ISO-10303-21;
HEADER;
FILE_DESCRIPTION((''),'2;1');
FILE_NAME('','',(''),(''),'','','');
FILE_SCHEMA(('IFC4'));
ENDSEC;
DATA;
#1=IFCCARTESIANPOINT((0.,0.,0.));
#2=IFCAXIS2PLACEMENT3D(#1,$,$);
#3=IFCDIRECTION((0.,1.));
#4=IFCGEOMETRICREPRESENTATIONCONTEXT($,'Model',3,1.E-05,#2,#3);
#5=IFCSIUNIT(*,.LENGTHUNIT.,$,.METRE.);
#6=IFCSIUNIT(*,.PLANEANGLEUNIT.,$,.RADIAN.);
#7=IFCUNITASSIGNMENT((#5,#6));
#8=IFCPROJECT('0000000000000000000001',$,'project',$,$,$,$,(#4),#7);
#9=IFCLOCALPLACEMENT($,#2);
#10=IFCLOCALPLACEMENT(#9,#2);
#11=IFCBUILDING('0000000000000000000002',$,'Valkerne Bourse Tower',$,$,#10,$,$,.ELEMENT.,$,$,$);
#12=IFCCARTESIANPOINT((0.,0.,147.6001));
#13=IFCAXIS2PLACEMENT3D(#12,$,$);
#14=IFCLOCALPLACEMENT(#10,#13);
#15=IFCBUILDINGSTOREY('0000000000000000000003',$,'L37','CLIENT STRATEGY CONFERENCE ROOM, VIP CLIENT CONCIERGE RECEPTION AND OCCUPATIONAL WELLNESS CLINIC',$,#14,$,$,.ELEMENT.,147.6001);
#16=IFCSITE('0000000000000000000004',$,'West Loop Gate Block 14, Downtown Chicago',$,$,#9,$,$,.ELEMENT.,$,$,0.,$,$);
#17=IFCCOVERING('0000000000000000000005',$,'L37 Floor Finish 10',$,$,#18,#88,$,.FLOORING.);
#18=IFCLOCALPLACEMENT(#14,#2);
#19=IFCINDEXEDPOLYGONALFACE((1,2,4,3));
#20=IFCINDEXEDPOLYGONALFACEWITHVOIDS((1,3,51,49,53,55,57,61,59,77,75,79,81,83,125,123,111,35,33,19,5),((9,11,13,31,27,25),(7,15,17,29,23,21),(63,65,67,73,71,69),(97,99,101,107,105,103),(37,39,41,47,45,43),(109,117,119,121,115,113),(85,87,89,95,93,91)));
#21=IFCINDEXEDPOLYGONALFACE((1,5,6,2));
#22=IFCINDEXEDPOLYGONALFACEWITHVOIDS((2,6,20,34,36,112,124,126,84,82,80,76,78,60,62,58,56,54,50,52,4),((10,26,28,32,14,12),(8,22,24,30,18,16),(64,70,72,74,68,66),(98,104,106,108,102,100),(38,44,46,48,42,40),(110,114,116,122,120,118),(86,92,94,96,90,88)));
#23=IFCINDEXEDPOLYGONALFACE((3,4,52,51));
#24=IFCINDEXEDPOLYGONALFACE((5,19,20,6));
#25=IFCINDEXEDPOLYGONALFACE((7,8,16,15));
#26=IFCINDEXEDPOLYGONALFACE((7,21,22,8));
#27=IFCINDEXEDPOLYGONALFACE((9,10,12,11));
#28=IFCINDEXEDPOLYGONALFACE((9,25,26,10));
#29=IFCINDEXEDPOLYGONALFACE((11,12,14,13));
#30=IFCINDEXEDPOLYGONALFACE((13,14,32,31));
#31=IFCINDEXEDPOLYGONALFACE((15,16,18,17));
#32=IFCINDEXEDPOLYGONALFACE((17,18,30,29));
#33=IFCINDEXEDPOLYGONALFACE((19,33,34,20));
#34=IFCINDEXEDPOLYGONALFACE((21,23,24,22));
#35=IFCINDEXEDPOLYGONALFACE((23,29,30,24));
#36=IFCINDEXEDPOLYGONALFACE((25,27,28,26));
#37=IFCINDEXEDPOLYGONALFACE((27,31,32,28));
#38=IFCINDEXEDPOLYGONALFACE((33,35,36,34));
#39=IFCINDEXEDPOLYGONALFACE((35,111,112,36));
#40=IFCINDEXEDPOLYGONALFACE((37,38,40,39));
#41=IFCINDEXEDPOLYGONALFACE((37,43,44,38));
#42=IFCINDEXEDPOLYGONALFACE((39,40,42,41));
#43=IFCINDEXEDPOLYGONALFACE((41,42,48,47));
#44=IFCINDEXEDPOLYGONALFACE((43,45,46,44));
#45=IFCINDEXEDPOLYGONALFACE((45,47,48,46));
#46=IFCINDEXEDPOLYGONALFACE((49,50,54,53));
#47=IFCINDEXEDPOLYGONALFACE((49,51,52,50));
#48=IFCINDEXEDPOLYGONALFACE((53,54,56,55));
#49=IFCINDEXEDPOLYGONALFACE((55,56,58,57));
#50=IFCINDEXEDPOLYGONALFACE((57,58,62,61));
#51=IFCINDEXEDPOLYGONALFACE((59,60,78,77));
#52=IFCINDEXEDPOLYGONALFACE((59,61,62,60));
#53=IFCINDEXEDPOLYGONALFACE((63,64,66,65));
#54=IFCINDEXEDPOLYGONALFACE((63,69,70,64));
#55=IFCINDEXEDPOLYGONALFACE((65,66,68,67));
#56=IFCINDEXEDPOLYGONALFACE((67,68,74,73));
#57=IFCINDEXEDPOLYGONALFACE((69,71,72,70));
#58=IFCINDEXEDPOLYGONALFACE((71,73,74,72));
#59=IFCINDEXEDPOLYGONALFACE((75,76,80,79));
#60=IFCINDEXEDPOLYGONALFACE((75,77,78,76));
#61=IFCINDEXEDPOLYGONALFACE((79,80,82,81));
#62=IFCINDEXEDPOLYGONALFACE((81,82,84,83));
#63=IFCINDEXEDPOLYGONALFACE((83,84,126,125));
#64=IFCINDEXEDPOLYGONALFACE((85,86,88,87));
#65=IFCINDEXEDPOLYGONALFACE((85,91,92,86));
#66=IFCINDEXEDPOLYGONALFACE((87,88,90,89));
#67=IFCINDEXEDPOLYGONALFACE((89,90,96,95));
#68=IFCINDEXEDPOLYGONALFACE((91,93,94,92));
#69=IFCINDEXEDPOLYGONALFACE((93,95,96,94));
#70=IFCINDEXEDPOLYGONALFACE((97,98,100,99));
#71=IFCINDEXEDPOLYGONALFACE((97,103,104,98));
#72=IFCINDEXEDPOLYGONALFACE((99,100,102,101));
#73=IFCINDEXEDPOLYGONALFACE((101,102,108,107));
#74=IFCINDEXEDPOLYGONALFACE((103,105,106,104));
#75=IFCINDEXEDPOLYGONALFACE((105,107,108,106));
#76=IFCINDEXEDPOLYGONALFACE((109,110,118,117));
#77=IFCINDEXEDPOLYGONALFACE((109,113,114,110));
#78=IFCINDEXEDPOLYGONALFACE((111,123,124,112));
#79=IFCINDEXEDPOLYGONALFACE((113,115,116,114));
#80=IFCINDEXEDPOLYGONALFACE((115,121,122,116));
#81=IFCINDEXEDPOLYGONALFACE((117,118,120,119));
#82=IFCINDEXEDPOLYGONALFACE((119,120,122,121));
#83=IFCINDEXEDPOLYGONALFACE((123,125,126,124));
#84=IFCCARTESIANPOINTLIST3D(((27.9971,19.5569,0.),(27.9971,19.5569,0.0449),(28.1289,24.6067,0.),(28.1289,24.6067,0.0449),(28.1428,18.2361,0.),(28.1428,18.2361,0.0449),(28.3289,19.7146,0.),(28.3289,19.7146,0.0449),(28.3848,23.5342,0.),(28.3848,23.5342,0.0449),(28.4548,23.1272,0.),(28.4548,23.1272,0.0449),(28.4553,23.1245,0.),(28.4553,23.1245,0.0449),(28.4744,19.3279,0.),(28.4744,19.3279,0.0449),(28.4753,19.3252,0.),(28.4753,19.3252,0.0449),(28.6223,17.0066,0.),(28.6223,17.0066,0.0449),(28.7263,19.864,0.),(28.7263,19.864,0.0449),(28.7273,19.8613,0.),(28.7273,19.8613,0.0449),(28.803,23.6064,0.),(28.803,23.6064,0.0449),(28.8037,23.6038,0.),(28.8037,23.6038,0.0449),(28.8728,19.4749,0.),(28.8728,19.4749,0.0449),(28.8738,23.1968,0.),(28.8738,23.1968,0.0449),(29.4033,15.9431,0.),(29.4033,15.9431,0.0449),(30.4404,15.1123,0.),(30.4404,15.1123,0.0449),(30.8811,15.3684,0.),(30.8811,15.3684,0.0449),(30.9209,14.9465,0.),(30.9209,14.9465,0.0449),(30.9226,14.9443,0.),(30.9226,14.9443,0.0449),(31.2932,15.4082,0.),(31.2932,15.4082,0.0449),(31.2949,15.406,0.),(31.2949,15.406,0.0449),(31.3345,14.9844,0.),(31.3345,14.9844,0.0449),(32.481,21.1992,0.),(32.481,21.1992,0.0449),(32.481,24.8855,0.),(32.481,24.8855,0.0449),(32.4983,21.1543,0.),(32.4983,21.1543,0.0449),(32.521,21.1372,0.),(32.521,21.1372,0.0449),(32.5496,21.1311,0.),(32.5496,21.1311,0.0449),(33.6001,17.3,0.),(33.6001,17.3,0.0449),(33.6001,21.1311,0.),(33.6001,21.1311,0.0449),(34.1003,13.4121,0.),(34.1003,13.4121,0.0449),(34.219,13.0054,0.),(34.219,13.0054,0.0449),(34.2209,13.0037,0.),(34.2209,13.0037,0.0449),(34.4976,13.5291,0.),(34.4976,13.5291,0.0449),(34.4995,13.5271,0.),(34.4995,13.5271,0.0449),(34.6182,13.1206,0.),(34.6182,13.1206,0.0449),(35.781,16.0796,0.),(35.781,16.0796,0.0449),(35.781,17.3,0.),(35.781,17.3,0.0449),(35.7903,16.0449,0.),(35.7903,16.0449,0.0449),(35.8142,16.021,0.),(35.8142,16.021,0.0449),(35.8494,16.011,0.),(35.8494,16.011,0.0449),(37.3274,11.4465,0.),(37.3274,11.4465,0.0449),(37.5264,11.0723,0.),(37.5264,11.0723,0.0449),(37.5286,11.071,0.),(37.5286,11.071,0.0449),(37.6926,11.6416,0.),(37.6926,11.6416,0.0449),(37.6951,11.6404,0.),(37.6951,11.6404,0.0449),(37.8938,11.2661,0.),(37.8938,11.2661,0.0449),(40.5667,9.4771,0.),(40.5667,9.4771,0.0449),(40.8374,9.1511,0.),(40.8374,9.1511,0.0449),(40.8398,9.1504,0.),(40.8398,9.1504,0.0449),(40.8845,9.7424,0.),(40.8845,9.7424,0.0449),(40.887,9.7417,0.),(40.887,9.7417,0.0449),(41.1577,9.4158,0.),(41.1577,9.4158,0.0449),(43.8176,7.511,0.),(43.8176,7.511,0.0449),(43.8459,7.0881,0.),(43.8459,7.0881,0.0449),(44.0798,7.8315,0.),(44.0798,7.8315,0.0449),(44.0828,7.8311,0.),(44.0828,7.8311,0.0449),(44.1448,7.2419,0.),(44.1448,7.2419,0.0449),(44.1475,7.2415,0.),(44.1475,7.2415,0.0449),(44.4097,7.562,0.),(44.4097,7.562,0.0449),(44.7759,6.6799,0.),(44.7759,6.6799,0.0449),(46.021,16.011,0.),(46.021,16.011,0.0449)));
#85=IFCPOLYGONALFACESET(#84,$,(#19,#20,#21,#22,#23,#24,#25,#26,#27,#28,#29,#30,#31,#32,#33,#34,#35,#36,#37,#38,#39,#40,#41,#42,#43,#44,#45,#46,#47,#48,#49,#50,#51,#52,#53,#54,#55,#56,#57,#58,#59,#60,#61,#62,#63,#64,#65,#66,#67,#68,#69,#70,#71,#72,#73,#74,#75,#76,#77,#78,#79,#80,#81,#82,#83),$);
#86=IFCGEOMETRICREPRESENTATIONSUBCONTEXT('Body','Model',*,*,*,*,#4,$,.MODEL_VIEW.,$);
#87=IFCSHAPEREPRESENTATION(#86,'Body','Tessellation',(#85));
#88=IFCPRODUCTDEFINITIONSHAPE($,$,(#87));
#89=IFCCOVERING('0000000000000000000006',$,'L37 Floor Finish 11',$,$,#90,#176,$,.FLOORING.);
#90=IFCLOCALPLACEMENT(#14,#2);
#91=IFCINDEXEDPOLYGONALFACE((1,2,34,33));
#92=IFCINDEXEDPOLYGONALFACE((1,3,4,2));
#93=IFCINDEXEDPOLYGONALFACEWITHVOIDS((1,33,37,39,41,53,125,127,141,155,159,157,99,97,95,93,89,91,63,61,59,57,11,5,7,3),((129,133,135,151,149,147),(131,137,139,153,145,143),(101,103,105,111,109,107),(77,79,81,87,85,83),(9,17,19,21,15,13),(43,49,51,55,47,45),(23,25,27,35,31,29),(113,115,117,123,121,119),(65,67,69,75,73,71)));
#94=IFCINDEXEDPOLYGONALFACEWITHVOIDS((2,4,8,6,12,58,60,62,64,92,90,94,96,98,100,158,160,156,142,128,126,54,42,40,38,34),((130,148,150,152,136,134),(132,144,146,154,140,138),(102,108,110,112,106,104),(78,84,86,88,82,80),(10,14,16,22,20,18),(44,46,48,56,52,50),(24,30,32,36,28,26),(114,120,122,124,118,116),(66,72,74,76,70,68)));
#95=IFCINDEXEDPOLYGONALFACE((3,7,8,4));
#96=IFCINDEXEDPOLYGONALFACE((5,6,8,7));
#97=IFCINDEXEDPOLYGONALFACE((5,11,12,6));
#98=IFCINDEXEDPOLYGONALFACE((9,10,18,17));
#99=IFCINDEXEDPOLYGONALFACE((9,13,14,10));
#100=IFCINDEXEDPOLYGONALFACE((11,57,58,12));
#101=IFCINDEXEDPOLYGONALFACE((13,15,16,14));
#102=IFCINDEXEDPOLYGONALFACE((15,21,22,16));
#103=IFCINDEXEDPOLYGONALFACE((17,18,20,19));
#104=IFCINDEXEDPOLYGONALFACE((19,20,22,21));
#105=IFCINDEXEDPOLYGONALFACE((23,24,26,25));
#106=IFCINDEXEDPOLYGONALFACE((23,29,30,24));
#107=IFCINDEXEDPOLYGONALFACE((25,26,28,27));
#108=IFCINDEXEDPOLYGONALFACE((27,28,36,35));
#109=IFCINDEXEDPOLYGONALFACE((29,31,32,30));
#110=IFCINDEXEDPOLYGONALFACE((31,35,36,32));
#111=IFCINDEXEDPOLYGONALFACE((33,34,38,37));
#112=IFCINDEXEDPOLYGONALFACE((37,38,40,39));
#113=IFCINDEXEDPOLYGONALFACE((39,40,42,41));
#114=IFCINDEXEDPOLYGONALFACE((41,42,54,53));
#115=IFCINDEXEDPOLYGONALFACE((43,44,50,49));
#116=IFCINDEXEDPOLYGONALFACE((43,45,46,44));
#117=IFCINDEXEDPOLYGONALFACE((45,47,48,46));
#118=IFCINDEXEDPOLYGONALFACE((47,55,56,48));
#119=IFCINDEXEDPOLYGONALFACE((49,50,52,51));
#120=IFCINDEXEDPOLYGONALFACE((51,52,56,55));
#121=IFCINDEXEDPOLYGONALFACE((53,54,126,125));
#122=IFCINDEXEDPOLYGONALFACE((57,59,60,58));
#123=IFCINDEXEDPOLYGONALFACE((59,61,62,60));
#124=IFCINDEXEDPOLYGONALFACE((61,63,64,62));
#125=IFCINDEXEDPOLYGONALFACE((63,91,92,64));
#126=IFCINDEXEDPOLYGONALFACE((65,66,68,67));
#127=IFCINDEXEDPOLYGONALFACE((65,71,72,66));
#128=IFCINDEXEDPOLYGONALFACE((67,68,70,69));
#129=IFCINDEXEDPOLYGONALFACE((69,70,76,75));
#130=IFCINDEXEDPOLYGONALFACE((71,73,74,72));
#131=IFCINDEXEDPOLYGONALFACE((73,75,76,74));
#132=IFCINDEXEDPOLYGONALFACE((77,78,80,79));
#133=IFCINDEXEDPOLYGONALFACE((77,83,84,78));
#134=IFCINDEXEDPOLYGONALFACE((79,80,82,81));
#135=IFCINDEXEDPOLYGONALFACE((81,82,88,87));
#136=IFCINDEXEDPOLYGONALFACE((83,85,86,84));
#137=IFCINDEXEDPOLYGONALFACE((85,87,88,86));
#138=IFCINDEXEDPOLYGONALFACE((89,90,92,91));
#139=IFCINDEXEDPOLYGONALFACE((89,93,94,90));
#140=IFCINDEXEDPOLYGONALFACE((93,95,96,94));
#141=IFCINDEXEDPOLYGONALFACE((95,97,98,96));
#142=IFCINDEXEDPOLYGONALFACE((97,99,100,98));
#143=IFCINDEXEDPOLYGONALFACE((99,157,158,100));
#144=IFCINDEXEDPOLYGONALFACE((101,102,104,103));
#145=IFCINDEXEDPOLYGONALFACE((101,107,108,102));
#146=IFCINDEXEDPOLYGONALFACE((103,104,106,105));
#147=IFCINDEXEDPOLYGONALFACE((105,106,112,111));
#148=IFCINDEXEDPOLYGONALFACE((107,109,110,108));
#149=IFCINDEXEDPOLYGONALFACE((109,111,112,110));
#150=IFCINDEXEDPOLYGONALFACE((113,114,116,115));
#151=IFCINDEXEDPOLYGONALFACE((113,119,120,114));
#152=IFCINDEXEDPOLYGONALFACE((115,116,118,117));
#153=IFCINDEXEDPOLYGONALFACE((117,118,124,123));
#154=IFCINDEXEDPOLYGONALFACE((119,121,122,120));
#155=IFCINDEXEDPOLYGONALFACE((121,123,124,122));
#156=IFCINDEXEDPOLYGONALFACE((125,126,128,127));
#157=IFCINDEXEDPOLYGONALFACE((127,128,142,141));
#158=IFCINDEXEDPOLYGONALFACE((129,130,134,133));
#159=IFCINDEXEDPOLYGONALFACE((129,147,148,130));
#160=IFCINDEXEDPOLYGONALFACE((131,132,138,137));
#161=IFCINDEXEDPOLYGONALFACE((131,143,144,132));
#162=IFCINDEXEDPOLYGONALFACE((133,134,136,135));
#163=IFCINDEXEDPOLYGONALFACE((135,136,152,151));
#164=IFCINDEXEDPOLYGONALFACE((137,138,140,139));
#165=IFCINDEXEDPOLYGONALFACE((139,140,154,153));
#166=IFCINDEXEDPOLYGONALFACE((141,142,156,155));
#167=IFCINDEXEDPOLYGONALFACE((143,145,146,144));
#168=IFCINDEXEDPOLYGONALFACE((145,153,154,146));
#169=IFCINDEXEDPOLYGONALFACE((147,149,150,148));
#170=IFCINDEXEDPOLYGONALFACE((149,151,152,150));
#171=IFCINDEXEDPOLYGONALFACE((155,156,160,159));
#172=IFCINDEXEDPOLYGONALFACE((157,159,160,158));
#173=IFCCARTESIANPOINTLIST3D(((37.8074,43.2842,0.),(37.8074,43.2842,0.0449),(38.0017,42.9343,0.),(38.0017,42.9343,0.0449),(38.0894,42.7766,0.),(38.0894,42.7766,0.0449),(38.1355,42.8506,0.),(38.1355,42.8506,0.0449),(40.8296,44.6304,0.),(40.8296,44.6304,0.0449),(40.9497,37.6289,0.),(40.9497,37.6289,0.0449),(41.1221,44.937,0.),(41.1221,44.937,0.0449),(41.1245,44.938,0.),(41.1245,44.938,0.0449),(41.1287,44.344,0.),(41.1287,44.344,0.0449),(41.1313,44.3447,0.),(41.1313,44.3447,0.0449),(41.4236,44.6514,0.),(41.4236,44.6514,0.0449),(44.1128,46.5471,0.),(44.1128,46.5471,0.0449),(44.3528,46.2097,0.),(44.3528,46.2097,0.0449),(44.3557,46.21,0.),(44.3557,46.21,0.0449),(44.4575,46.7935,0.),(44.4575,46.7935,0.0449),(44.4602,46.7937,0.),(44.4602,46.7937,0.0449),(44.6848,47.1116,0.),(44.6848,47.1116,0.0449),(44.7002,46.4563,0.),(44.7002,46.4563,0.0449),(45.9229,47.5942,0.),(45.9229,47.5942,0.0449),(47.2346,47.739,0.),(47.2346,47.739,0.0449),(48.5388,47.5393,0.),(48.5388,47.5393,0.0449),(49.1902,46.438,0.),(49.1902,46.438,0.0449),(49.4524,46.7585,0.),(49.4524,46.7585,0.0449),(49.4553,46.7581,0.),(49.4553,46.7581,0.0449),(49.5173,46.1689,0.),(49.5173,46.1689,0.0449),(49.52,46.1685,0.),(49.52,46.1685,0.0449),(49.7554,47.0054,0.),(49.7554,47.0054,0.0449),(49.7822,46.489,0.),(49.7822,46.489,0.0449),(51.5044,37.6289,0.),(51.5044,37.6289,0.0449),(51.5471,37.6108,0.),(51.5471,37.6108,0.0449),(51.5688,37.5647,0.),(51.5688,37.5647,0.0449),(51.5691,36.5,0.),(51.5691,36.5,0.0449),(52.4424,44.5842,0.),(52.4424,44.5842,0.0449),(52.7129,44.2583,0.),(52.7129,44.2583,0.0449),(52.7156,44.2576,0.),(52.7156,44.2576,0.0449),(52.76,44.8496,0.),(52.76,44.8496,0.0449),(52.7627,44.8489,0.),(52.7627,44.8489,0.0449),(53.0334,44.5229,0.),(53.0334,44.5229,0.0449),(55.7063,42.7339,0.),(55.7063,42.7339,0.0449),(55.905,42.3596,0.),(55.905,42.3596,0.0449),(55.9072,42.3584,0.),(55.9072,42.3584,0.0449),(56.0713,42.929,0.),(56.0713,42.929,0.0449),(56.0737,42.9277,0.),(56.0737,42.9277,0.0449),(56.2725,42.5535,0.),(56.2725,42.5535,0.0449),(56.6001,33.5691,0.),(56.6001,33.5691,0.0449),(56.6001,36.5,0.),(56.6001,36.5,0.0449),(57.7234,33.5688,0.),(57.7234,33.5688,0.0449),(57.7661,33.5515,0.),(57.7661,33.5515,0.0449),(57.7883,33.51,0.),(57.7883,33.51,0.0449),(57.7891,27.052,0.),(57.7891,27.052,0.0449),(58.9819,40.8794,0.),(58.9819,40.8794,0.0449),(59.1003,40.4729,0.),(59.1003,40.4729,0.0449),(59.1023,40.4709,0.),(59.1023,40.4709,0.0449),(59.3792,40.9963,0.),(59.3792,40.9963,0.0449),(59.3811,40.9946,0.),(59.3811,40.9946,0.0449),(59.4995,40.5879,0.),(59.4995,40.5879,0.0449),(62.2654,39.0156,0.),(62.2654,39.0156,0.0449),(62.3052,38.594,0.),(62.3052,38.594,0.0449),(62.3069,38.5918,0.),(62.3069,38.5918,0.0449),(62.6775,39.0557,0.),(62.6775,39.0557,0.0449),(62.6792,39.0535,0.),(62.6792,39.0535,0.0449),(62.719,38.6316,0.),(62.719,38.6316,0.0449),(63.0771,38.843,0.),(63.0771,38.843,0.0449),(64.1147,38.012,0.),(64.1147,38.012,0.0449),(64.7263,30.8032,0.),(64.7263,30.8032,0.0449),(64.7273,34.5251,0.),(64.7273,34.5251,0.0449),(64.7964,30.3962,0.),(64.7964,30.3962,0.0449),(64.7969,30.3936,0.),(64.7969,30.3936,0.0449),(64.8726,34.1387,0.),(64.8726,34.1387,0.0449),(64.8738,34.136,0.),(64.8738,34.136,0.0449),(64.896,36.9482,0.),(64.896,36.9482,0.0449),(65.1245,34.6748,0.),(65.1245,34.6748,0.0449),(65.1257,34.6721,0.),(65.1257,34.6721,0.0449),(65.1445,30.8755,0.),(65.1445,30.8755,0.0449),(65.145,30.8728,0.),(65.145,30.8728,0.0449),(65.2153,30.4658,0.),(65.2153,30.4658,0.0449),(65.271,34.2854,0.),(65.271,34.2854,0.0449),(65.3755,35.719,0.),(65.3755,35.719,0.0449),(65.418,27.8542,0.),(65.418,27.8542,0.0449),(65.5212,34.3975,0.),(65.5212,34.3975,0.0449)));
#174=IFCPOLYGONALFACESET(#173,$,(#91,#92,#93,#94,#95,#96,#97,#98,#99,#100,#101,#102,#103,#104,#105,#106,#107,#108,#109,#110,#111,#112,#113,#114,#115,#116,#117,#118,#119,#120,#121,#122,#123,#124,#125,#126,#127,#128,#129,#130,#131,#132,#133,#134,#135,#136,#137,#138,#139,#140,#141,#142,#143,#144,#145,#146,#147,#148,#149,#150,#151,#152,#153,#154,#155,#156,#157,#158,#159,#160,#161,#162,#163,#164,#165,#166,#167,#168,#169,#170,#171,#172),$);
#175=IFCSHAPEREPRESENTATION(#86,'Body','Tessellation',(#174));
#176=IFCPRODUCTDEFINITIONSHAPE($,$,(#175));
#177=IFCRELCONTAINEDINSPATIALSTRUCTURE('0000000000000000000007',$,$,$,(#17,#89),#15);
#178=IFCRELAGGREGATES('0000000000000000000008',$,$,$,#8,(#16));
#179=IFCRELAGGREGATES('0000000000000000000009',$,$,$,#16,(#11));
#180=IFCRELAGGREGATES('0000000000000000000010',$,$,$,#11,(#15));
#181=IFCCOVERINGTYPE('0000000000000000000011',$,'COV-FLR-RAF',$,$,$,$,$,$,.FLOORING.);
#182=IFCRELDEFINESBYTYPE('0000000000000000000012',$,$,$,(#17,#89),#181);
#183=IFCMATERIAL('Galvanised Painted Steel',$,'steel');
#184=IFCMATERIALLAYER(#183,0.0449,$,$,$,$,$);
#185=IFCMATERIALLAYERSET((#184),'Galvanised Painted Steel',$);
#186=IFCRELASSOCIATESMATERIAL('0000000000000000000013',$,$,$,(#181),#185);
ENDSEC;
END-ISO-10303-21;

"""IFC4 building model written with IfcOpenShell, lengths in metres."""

from ifc_helpers import new_model, si_unit, direction, frame, origin, place, context, subcontext, project, spatial, polyline, outline, extrude, material, layer, layer_set, type_object, element, save


model = new_model("IFC4")

# Units and contexts
model_context = context("Model", 3, precision=1e-05, world=origin(), true_north=direction((0.0, 1.0)))
body_context = subcontext(model_context, "Body", "Model", "MODEL_VIEW")
ifc_project = project(units=[si_unit("LENGTHUNIT", "METRE"), si_unit("PLANEANGLEUNIT", "RADIAN")], contexts=[model_context])

# Site, building, storey
site_placement = place(None, origin())
site = spatial("IfcSite", under=ifc_project, at=site_placement, Name="West Loop Gate Block 14, Downtown Chicago", CompositionType="ELEMENT", RefElevation=0.0)
building_placement = place(site_placement, origin())
building = spatial("IfcBuilding", under=site, at=building_placement, Name="Valkerne Bourse Tower", CompositionType="ELEMENT")
storey_placement = place(building_placement, frame((0.0, 0.0, 147.6001)))
storey = spatial("IfcBuildingStorey", under=building, at=storey_placement, Name="L37", Description="CLIENT STRATEGY CONFERENCE ROOM, VIP CLIENT CONCIERGE RECEPTION AND OCCUPATIONAL WELLNESS CLINIC", CompositionType="ELEMENT", Elevation=147.6001)

# Coverings
ifc_material_1 = material(Name="Galvanised Painted Steel", Category="steel")
ifc_layer_1 = layer(ifc_material_1, 0.0449)
ifc_layer_set_1 = layer_set([ifc_layer_1], Name="Galvanised Painted Steel")
covering_type_1 = type_object("IfcCoveringType", Name="COV-FLR-RAF", PredefinedType="FLOORING", material=ifc_layer_set_1)
covering_1_placement = place(storey_placement, origin())
element("IfcCovering", 1, at=covering_1_placement, inside=storey, type_object=covering_type_1, Name="L37 Floor Finish 10", PredefinedType="FLOORING", context=body_context, shape_type="SweptSolid", body=[
    extrude(outline(polyline([(29.4033, 15.9431), (28.6223, 17.0066), (28.1428, 18.2361), (27.9971, 19.5569), (28.1289, 24.6067), (32.481, 24.8855), (32.481, 21.1992), (32.4983, 21.1543), (32.521, 21.1372), (32.5496, 21.1311), (33.6001, 21.1311), (33.6001, 17.3), (35.781, 17.3), (35.781, 16.0796), (35.7903, 16.0449), (35.8142, 16.021), (35.8494, 16.011), (46.021, 16.011), (44.7759, 6.6799), (43.8459, 7.0881), (30.4404, 15.1123), (29.4033, 15.9431)]), holes=[polyline([(37.6951, 11.6404), (37.6926, 11.6416), (37.3274, 11.4465), (37.5264, 11.0723), (37.5286, 11.071), (37.8938, 11.2661), (37.6951, 11.6404)]), polyline([(34.4995, 13.5271), (34.4976, 13.5291), (34.1003, 13.4121), (34.219, 13.0054), (34.2209, 13.0037), (34.6182, 13.1206), (34.4995, 13.5271)]), polyline([(31.3345, 14.9844), (31.2949, 15.406), (31.2932, 15.4082), (30.8811, 15.3684), (30.9209, 14.9465), (30.9226, 14.9443), (31.3345, 14.9844)]), polyline([(28.8728, 19.4749), (28.7273, 19.8613), (28.7263, 19.864), (28.3289, 19.7146), (28.4744, 19.3279), (28.4753, 19.3252), (28.8728, 19.4749)]), polyline([(28.8037, 23.6038), (28.803, 23.6064), (28.3848, 23.5342), (28.4548, 23.1272), (28.4553, 23.1245), (28.8738, 23.1968), (28.8037, 23.6038)]), polyline([(44.0828, 7.8311), (44.0798, 7.8315), (43.8176, 7.511), (44.1448, 7.2419), (44.1475, 7.2415), (44.4097, 7.562), (44.0828, 7.8311)]), polyline([(40.887, 9.7417), (40.8845, 9.7424), (40.5667, 9.4771), (40.8374, 9.1511), (40.8398, 9.1504), (41.1577, 9.4158), (40.887, 9.7417)])]), origin(), (0.0, 0.0, 1.0), 0.0449),
])
covering_2_placement = place(storey_placement, origin())
element("IfcCovering", 2, at=covering_2_placement, inside=storey, type_object=covering_type_1, Name="L37 Floor Finish 11", PredefinedType="FLOORING", context=body_context, shape_type="SweptSolid", body=[
    extrude(outline(polyline([(47.2346, 47.739), (48.5388, 47.5393), (49.7554, 47.0054), (63.0771, 38.843), (64.1147, 38.012), (64.896, 36.9482), (65.3755, 35.719), (65.5212, 34.3975), (65.418, 27.8542), (57.7891, 27.052), (57.7883, 33.51), (57.7661, 33.5515), (57.7234, 33.5688), (56.6001, 33.5691), (56.6001, 36.5), (51.5691, 36.5), (51.5688, 37.5647), (51.5471, 37.6108), (51.5044, 37.6289), (40.9497, 37.6289), (38.0894, 42.7766), (38.1355, 42.8506), (38.0017, 42.9343), (37.8074, 43.2842), (44.6848, 47.1116), (45.9229, 47.5942), (47.2346, 47.739)]), holes=[polyline([(53.0334, 44.5229), (52.7627, 44.8489), (52.76, 44.8496), (52.4424, 44.5842), (52.7129, 44.2583), (52.7156, 44.2576), (53.0334, 44.5229)]), polyline([(41.4236, 44.6514), (41.1245, 44.938), (41.1221, 44.937), (40.8296, 44.6304), (41.1287, 44.344), (41.1313, 44.3447), (41.4236, 44.6514)]), polyline([(49.4553, 46.7581), (49.4524, 46.7585), (49.1902, 46.438), (49.5173, 46.1689), (49.52, 46.1685), (49.7822, 46.489), (49.4553, 46.7581)]), polyline([(44.7002, 46.4563), (44.4602, 46.7937), (44.4575, 46.7935), (44.1128, 46.5471), (44.3528, 46.2097), (44.3557, 46.21), (44.7002, 46.4563)]), polyline([(65.2153, 30.4658), (65.145, 30.8728), (65.1445, 30.8755), (64.7263, 30.8032), (64.7964, 30.3962), (64.7969, 30.3936), (65.2153, 30.4658)]), polyline([(65.271, 34.2854), (65.1257, 34.6721), (65.1245, 34.6748), (64.7273, 34.5251), (64.8726, 34.1387), (64.8738, 34.136), (65.271, 34.2854)]), polyline([(62.719, 38.6316), (62.6792, 39.0535), (62.6775, 39.0557), (62.2654, 39.0156), (62.3052, 38.594), (62.3069, 38.5918), (62.719, 38.6316)]), polyline([(59.3811, 40.9946), (59.3792, 40.9963), (58.9819, 40.8794), (59.1003, 40.4729), (59.1023, 40.4709), (59.4995, 40.5879), (59.3811, 40.9946)]), polyline([(56.2725, 42.5535), (56.0737, 42.9277), (56.0713, 42.929), (55.7063, 42.7339), (55.905, 42.3596), (55.9072, 42.3584), (56.2725, 42.5535)])]), origin(), (0.0, 0.0, 1.0), 0.0449),
])

save(model, "model.ifc")
